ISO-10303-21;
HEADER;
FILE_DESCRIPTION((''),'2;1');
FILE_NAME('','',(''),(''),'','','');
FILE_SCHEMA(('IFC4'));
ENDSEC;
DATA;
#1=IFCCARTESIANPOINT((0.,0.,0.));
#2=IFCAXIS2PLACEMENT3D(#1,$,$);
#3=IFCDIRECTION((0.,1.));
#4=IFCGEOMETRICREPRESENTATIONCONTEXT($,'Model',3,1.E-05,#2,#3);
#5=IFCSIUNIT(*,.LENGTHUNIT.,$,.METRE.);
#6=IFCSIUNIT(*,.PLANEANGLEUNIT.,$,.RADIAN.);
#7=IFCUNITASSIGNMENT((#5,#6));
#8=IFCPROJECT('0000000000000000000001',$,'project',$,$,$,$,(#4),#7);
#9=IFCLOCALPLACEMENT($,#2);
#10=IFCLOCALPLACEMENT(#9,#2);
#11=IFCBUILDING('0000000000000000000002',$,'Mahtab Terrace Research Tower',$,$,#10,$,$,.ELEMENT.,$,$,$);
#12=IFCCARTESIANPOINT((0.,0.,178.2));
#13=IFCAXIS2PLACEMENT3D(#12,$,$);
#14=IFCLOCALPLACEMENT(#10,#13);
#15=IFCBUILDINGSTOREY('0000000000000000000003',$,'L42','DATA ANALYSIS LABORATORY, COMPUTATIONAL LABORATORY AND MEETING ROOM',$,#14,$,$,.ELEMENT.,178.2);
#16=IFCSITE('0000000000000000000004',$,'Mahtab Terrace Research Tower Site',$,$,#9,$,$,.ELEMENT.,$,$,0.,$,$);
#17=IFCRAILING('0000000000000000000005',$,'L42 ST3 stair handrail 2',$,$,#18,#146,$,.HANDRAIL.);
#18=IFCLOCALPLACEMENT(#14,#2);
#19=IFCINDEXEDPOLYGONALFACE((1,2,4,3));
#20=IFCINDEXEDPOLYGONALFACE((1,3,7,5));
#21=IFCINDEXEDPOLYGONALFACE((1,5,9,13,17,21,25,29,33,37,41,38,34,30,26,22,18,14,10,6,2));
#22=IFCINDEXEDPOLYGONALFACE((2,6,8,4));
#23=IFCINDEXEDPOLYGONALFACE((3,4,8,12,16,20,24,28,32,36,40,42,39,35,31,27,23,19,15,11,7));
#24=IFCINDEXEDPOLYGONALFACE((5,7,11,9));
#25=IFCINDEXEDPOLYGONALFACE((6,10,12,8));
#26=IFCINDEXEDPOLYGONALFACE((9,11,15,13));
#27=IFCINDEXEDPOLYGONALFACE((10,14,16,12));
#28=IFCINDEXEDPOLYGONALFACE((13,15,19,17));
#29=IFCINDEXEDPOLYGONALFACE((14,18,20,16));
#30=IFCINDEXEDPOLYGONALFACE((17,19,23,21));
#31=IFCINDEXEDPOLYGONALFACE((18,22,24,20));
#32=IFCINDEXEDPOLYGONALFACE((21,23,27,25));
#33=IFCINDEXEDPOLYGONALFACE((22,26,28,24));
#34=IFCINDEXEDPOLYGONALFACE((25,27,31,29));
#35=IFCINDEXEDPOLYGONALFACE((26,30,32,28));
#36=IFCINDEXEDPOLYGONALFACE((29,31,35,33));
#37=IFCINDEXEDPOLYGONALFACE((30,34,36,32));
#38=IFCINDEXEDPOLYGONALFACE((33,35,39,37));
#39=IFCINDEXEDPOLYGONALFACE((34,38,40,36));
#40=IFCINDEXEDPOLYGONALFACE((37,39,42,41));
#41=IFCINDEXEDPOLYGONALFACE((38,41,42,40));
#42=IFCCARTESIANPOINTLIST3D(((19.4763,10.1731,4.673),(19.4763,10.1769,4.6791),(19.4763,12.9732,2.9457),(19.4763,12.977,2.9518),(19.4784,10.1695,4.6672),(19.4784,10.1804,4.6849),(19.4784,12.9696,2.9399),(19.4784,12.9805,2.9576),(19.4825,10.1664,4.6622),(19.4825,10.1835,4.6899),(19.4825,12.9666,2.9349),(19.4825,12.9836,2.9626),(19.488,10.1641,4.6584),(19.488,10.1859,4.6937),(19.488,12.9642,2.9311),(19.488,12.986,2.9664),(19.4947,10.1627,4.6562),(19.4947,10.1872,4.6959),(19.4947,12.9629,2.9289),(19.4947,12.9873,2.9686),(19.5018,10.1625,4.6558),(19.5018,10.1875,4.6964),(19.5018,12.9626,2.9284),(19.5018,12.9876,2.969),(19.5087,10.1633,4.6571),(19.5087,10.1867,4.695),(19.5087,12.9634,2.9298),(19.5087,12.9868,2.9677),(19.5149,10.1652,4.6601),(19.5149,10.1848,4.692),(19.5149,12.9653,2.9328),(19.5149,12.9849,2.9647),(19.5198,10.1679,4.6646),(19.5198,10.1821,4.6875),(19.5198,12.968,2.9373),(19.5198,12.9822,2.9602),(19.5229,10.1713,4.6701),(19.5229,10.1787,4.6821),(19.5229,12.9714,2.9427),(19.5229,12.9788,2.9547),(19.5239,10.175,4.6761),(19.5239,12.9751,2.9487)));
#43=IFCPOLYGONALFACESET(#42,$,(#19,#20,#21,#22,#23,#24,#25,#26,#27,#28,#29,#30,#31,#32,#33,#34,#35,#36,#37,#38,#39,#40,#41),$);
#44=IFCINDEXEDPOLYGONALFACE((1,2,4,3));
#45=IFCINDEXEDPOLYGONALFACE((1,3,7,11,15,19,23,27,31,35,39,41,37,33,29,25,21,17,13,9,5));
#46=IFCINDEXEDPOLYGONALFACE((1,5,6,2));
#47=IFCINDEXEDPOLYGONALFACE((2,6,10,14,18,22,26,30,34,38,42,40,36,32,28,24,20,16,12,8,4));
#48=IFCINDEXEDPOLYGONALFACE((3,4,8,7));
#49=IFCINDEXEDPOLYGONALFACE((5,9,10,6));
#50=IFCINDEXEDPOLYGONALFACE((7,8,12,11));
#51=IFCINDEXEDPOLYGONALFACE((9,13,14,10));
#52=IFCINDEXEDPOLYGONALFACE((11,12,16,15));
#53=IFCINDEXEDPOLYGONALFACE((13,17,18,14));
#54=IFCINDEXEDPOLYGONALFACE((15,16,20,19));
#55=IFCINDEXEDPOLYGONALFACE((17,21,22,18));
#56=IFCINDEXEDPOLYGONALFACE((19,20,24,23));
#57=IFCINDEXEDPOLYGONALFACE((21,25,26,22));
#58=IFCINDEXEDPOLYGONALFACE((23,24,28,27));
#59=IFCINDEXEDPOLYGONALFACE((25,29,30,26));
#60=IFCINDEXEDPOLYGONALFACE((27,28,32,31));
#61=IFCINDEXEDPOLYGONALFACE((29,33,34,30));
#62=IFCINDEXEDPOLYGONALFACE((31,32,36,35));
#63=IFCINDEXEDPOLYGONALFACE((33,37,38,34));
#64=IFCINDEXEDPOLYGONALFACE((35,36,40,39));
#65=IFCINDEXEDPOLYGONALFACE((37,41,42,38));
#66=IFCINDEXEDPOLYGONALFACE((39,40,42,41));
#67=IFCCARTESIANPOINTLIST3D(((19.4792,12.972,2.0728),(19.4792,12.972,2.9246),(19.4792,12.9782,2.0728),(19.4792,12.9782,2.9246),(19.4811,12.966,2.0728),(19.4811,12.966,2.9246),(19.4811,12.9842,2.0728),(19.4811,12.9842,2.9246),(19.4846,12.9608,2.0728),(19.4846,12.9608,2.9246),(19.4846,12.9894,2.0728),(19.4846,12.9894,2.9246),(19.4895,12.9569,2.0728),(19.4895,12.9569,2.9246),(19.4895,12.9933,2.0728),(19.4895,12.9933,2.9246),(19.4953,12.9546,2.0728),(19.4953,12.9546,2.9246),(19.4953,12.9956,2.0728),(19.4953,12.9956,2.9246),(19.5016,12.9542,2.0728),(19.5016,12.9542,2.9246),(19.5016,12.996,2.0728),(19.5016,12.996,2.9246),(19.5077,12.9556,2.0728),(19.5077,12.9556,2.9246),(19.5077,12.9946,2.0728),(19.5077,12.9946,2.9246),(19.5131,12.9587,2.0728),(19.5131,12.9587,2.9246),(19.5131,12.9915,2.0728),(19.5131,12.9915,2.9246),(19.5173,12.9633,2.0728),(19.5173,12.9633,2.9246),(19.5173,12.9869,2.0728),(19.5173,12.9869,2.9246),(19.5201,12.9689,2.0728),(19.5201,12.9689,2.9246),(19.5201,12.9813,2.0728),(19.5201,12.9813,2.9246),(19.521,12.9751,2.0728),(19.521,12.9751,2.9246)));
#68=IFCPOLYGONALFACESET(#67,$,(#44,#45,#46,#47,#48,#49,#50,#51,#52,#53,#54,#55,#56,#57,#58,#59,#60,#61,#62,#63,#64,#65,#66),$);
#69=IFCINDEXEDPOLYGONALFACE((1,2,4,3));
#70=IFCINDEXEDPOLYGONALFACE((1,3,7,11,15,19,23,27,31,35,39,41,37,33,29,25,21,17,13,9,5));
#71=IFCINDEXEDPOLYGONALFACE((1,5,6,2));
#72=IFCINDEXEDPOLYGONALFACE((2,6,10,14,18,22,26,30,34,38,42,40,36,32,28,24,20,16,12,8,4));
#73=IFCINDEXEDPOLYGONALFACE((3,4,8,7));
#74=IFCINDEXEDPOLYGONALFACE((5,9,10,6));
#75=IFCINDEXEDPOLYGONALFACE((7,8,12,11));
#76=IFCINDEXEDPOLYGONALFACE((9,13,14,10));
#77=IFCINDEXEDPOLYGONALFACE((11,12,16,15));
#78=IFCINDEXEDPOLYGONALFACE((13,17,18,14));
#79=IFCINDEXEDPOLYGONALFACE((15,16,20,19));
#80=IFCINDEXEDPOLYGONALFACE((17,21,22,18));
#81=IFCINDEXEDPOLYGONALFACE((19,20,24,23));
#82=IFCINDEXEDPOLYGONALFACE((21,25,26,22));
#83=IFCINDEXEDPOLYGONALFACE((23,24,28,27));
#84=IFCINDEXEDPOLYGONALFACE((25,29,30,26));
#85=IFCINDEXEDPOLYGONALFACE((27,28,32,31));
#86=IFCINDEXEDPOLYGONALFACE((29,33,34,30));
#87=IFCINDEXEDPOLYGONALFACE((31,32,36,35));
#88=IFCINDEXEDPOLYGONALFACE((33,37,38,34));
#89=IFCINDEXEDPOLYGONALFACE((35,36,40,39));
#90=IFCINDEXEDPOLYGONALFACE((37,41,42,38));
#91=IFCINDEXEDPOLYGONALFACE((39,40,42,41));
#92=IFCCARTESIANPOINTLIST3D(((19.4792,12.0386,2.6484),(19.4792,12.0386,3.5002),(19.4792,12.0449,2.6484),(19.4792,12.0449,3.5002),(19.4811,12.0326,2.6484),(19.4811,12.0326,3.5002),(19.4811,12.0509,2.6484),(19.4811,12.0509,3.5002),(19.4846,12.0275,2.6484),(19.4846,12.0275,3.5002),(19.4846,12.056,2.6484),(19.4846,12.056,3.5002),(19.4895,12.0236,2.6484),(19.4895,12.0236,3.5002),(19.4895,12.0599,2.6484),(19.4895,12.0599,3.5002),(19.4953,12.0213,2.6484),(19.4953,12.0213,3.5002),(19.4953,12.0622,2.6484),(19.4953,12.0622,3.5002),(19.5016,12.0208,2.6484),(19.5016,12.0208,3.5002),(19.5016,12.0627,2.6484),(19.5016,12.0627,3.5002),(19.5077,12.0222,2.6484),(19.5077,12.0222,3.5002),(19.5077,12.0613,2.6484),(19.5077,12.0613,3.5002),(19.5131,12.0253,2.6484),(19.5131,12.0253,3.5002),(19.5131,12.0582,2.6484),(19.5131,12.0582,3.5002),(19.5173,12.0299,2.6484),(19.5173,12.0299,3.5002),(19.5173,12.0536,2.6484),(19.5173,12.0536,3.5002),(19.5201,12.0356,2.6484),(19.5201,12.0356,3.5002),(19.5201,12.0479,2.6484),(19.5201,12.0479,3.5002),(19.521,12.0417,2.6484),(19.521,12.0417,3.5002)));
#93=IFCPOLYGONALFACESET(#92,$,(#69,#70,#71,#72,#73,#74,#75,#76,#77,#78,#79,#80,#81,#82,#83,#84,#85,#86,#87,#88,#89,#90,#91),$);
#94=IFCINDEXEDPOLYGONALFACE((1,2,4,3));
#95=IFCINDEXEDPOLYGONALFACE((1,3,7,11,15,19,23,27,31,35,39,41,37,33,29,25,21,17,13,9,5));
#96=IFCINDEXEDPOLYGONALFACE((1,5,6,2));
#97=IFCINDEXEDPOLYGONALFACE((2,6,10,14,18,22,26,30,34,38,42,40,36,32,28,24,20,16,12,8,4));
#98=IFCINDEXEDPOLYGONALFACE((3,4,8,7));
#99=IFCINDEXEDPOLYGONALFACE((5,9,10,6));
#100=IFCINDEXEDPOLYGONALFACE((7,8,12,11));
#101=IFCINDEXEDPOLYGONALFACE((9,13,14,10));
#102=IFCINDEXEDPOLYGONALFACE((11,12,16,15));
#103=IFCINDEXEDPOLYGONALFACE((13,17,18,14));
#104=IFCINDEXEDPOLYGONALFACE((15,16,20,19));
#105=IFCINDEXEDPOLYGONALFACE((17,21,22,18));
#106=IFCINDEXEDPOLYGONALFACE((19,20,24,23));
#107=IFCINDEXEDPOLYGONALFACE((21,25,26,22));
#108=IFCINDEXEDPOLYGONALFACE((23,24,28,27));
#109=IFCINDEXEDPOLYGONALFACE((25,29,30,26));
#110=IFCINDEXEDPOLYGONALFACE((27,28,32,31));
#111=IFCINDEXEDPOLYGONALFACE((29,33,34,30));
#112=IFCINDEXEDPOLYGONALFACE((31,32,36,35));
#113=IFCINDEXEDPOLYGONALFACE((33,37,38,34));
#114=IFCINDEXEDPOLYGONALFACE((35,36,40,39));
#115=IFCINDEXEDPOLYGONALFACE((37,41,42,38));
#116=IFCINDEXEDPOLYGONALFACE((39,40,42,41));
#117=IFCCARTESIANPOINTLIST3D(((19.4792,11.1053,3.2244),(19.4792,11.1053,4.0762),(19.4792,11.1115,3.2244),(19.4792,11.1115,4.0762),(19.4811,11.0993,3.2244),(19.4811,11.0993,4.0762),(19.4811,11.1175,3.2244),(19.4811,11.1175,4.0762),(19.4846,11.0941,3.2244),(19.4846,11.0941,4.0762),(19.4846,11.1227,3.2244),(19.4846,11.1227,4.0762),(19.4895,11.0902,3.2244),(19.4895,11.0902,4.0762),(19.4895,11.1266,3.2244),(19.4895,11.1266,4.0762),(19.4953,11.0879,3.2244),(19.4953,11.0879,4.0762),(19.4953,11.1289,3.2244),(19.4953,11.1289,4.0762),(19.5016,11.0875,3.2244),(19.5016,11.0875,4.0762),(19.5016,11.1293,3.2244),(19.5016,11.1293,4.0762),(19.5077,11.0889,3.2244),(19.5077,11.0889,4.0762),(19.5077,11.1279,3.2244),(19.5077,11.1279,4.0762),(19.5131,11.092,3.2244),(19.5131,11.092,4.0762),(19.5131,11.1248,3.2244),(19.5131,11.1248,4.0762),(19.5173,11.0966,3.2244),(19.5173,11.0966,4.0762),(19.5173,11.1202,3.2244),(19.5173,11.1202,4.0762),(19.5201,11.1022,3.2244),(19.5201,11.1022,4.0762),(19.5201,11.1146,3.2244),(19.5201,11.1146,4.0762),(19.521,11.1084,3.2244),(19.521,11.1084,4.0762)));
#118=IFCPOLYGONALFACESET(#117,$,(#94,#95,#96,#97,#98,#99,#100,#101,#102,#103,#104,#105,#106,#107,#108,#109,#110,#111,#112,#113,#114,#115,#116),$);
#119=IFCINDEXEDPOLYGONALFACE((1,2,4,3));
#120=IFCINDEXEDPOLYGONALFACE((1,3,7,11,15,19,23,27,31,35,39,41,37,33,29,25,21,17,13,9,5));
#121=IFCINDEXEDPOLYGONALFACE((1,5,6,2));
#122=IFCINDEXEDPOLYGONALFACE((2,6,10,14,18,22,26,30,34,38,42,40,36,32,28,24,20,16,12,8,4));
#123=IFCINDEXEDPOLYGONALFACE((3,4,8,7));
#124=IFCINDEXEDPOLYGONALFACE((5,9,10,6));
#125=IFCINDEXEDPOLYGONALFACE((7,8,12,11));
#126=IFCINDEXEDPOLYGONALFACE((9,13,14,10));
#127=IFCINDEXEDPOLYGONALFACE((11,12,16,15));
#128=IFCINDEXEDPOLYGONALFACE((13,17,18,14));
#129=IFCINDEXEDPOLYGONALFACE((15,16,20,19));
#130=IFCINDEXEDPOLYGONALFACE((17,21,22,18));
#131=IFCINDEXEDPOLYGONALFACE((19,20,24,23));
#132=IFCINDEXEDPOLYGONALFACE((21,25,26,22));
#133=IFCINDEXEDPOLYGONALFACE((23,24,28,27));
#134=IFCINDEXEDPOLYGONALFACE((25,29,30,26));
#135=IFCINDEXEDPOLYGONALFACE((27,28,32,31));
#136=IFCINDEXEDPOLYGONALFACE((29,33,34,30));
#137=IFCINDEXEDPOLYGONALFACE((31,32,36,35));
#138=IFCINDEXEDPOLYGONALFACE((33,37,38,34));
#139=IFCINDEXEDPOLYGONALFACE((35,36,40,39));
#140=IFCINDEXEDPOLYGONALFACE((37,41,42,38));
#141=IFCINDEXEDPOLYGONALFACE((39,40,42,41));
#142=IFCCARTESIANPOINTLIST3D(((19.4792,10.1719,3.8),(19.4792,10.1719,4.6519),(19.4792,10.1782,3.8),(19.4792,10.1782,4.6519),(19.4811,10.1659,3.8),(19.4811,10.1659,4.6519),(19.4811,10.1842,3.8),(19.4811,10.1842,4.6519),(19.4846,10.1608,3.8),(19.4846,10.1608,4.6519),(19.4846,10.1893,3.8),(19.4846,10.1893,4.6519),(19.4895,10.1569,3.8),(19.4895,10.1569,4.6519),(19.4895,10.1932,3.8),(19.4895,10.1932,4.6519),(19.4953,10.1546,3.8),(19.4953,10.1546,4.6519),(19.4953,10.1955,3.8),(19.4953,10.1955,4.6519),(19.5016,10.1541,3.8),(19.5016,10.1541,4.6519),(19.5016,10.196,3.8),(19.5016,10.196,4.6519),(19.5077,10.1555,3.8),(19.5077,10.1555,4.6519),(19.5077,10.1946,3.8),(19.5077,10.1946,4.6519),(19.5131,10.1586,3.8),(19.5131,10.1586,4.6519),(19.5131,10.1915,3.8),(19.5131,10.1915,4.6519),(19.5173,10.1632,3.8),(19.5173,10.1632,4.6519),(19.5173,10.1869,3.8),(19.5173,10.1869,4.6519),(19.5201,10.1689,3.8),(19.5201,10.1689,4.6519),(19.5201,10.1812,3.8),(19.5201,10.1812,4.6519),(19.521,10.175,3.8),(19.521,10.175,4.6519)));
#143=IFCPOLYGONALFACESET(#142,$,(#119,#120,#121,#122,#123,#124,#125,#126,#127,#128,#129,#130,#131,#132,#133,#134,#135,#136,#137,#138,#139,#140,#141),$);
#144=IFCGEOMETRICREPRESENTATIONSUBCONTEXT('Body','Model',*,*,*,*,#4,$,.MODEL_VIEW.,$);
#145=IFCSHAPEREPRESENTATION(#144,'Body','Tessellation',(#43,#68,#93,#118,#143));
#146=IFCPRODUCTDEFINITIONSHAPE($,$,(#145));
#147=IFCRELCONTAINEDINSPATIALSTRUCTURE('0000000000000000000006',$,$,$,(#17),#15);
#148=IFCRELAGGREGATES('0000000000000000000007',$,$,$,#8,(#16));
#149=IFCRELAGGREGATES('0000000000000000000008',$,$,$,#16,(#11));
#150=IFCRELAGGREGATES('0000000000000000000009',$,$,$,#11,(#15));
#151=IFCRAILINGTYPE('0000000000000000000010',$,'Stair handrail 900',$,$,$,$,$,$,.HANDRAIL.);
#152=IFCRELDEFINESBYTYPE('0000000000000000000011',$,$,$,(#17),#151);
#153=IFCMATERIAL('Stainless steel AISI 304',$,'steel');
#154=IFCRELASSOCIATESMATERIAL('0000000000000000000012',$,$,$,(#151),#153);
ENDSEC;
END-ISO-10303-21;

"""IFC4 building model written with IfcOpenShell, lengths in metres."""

from ifc_helpers import new_model, si_unit, direction, frame, origin, origin_2d, place, context, subcontext, project, spatial, circle, extrude, material, type_object, element, save


model = new_model("IFC4")

# Units and contexts
model_context = context("Model", 3, precision=1e-05, world=origin(), true_north=direction((0.0, 1.0)))
body_context = subcontext(model_context, "Body", "Model", "MODEL_VIEW")
ifc_project = project(units=[si_unit("LENGTHUNIT", "METRE"), si_unit("PLANEANGLEUNIT", "RADIAN")], contexts=[model_context])

# Site, building, storey
site_placement = place(None, origin())
site = spatial("IfcSite", under=ifc_project, at=site_placement, Name="Mahtab Terrace Research Tower Site", CompositionType="ELEMENT", RefElevation=0.0)
building_placement = place(site_placement, origin())
building = spatial("IfcBuilding", under=site, at=building_placement, Name="Mahtab Terrace Research Tower", CompositionType="ELEMENT")
storey_placement = place(building_placement, frame((0.0, 0.0, 178.2)))
storey = spatial("IfcBuildingStorey", under=building, at=storey_placement, Name="L42", Description="DATA ANALYSIS LABORATORY, COMPUTATIONAL LABORATORY AND MEETING ROOM", CompositionType="ELEMENT", Elevation=178.2)

# Shared definitions
ifc_material_1 = material(Name="Stainless steel AISI 304", Category="steel")

# Railing
railing_type_1 = type_object("IfcRailingType", Name="Stair handrail 900", PredefinedType="HANDRAIL", material=ifc_material_1)
railing_1_placement = place(storey_placement, frame((19.5, 12.9751, 2.0728)))
element("IfcRailing", 1, at=railing_1_placement, inside=storey, type_object=railing_type_1, Name="L42 ST3 stair handrail 2", PredefinedType="HANDRAIL", context=body_context, shape_type="SweptSolid", body=[
    extrude(circle(Radius=0.0239, at=origin_2d()), frame((0.0, 0.0, 0.876), z_axis=(0.0, -0.85109, 0.52502), x_axis=(1.0, 0.0, 0.0)), (0.0, 0.0, 1.0), 3.29),
    extrude(circle(Radius=0.021, at=origin_2d()), origin(), (0.0, 0.0, 1.0), 0.8518),
    extrude(circle(Radius=0.021, at=origin_2d()), frame((0.0, -0.9333, 0.5757)), (0.0, 0.0, 1.0), 0.8518),
    extrude(circle(Radius=0.021, at=origin_2d()), frame((0.0, -1.8667, 1.1516)), (0.0, 0.0, 1.0), 0.8518),
    extrude(circle(Radius=0.021, at=origin_2d()), frame((0.0, -2.8, 1.7273)), (0.0, 0.0, 1.0), 0.8518),
])

save(model, "model.ifc")
